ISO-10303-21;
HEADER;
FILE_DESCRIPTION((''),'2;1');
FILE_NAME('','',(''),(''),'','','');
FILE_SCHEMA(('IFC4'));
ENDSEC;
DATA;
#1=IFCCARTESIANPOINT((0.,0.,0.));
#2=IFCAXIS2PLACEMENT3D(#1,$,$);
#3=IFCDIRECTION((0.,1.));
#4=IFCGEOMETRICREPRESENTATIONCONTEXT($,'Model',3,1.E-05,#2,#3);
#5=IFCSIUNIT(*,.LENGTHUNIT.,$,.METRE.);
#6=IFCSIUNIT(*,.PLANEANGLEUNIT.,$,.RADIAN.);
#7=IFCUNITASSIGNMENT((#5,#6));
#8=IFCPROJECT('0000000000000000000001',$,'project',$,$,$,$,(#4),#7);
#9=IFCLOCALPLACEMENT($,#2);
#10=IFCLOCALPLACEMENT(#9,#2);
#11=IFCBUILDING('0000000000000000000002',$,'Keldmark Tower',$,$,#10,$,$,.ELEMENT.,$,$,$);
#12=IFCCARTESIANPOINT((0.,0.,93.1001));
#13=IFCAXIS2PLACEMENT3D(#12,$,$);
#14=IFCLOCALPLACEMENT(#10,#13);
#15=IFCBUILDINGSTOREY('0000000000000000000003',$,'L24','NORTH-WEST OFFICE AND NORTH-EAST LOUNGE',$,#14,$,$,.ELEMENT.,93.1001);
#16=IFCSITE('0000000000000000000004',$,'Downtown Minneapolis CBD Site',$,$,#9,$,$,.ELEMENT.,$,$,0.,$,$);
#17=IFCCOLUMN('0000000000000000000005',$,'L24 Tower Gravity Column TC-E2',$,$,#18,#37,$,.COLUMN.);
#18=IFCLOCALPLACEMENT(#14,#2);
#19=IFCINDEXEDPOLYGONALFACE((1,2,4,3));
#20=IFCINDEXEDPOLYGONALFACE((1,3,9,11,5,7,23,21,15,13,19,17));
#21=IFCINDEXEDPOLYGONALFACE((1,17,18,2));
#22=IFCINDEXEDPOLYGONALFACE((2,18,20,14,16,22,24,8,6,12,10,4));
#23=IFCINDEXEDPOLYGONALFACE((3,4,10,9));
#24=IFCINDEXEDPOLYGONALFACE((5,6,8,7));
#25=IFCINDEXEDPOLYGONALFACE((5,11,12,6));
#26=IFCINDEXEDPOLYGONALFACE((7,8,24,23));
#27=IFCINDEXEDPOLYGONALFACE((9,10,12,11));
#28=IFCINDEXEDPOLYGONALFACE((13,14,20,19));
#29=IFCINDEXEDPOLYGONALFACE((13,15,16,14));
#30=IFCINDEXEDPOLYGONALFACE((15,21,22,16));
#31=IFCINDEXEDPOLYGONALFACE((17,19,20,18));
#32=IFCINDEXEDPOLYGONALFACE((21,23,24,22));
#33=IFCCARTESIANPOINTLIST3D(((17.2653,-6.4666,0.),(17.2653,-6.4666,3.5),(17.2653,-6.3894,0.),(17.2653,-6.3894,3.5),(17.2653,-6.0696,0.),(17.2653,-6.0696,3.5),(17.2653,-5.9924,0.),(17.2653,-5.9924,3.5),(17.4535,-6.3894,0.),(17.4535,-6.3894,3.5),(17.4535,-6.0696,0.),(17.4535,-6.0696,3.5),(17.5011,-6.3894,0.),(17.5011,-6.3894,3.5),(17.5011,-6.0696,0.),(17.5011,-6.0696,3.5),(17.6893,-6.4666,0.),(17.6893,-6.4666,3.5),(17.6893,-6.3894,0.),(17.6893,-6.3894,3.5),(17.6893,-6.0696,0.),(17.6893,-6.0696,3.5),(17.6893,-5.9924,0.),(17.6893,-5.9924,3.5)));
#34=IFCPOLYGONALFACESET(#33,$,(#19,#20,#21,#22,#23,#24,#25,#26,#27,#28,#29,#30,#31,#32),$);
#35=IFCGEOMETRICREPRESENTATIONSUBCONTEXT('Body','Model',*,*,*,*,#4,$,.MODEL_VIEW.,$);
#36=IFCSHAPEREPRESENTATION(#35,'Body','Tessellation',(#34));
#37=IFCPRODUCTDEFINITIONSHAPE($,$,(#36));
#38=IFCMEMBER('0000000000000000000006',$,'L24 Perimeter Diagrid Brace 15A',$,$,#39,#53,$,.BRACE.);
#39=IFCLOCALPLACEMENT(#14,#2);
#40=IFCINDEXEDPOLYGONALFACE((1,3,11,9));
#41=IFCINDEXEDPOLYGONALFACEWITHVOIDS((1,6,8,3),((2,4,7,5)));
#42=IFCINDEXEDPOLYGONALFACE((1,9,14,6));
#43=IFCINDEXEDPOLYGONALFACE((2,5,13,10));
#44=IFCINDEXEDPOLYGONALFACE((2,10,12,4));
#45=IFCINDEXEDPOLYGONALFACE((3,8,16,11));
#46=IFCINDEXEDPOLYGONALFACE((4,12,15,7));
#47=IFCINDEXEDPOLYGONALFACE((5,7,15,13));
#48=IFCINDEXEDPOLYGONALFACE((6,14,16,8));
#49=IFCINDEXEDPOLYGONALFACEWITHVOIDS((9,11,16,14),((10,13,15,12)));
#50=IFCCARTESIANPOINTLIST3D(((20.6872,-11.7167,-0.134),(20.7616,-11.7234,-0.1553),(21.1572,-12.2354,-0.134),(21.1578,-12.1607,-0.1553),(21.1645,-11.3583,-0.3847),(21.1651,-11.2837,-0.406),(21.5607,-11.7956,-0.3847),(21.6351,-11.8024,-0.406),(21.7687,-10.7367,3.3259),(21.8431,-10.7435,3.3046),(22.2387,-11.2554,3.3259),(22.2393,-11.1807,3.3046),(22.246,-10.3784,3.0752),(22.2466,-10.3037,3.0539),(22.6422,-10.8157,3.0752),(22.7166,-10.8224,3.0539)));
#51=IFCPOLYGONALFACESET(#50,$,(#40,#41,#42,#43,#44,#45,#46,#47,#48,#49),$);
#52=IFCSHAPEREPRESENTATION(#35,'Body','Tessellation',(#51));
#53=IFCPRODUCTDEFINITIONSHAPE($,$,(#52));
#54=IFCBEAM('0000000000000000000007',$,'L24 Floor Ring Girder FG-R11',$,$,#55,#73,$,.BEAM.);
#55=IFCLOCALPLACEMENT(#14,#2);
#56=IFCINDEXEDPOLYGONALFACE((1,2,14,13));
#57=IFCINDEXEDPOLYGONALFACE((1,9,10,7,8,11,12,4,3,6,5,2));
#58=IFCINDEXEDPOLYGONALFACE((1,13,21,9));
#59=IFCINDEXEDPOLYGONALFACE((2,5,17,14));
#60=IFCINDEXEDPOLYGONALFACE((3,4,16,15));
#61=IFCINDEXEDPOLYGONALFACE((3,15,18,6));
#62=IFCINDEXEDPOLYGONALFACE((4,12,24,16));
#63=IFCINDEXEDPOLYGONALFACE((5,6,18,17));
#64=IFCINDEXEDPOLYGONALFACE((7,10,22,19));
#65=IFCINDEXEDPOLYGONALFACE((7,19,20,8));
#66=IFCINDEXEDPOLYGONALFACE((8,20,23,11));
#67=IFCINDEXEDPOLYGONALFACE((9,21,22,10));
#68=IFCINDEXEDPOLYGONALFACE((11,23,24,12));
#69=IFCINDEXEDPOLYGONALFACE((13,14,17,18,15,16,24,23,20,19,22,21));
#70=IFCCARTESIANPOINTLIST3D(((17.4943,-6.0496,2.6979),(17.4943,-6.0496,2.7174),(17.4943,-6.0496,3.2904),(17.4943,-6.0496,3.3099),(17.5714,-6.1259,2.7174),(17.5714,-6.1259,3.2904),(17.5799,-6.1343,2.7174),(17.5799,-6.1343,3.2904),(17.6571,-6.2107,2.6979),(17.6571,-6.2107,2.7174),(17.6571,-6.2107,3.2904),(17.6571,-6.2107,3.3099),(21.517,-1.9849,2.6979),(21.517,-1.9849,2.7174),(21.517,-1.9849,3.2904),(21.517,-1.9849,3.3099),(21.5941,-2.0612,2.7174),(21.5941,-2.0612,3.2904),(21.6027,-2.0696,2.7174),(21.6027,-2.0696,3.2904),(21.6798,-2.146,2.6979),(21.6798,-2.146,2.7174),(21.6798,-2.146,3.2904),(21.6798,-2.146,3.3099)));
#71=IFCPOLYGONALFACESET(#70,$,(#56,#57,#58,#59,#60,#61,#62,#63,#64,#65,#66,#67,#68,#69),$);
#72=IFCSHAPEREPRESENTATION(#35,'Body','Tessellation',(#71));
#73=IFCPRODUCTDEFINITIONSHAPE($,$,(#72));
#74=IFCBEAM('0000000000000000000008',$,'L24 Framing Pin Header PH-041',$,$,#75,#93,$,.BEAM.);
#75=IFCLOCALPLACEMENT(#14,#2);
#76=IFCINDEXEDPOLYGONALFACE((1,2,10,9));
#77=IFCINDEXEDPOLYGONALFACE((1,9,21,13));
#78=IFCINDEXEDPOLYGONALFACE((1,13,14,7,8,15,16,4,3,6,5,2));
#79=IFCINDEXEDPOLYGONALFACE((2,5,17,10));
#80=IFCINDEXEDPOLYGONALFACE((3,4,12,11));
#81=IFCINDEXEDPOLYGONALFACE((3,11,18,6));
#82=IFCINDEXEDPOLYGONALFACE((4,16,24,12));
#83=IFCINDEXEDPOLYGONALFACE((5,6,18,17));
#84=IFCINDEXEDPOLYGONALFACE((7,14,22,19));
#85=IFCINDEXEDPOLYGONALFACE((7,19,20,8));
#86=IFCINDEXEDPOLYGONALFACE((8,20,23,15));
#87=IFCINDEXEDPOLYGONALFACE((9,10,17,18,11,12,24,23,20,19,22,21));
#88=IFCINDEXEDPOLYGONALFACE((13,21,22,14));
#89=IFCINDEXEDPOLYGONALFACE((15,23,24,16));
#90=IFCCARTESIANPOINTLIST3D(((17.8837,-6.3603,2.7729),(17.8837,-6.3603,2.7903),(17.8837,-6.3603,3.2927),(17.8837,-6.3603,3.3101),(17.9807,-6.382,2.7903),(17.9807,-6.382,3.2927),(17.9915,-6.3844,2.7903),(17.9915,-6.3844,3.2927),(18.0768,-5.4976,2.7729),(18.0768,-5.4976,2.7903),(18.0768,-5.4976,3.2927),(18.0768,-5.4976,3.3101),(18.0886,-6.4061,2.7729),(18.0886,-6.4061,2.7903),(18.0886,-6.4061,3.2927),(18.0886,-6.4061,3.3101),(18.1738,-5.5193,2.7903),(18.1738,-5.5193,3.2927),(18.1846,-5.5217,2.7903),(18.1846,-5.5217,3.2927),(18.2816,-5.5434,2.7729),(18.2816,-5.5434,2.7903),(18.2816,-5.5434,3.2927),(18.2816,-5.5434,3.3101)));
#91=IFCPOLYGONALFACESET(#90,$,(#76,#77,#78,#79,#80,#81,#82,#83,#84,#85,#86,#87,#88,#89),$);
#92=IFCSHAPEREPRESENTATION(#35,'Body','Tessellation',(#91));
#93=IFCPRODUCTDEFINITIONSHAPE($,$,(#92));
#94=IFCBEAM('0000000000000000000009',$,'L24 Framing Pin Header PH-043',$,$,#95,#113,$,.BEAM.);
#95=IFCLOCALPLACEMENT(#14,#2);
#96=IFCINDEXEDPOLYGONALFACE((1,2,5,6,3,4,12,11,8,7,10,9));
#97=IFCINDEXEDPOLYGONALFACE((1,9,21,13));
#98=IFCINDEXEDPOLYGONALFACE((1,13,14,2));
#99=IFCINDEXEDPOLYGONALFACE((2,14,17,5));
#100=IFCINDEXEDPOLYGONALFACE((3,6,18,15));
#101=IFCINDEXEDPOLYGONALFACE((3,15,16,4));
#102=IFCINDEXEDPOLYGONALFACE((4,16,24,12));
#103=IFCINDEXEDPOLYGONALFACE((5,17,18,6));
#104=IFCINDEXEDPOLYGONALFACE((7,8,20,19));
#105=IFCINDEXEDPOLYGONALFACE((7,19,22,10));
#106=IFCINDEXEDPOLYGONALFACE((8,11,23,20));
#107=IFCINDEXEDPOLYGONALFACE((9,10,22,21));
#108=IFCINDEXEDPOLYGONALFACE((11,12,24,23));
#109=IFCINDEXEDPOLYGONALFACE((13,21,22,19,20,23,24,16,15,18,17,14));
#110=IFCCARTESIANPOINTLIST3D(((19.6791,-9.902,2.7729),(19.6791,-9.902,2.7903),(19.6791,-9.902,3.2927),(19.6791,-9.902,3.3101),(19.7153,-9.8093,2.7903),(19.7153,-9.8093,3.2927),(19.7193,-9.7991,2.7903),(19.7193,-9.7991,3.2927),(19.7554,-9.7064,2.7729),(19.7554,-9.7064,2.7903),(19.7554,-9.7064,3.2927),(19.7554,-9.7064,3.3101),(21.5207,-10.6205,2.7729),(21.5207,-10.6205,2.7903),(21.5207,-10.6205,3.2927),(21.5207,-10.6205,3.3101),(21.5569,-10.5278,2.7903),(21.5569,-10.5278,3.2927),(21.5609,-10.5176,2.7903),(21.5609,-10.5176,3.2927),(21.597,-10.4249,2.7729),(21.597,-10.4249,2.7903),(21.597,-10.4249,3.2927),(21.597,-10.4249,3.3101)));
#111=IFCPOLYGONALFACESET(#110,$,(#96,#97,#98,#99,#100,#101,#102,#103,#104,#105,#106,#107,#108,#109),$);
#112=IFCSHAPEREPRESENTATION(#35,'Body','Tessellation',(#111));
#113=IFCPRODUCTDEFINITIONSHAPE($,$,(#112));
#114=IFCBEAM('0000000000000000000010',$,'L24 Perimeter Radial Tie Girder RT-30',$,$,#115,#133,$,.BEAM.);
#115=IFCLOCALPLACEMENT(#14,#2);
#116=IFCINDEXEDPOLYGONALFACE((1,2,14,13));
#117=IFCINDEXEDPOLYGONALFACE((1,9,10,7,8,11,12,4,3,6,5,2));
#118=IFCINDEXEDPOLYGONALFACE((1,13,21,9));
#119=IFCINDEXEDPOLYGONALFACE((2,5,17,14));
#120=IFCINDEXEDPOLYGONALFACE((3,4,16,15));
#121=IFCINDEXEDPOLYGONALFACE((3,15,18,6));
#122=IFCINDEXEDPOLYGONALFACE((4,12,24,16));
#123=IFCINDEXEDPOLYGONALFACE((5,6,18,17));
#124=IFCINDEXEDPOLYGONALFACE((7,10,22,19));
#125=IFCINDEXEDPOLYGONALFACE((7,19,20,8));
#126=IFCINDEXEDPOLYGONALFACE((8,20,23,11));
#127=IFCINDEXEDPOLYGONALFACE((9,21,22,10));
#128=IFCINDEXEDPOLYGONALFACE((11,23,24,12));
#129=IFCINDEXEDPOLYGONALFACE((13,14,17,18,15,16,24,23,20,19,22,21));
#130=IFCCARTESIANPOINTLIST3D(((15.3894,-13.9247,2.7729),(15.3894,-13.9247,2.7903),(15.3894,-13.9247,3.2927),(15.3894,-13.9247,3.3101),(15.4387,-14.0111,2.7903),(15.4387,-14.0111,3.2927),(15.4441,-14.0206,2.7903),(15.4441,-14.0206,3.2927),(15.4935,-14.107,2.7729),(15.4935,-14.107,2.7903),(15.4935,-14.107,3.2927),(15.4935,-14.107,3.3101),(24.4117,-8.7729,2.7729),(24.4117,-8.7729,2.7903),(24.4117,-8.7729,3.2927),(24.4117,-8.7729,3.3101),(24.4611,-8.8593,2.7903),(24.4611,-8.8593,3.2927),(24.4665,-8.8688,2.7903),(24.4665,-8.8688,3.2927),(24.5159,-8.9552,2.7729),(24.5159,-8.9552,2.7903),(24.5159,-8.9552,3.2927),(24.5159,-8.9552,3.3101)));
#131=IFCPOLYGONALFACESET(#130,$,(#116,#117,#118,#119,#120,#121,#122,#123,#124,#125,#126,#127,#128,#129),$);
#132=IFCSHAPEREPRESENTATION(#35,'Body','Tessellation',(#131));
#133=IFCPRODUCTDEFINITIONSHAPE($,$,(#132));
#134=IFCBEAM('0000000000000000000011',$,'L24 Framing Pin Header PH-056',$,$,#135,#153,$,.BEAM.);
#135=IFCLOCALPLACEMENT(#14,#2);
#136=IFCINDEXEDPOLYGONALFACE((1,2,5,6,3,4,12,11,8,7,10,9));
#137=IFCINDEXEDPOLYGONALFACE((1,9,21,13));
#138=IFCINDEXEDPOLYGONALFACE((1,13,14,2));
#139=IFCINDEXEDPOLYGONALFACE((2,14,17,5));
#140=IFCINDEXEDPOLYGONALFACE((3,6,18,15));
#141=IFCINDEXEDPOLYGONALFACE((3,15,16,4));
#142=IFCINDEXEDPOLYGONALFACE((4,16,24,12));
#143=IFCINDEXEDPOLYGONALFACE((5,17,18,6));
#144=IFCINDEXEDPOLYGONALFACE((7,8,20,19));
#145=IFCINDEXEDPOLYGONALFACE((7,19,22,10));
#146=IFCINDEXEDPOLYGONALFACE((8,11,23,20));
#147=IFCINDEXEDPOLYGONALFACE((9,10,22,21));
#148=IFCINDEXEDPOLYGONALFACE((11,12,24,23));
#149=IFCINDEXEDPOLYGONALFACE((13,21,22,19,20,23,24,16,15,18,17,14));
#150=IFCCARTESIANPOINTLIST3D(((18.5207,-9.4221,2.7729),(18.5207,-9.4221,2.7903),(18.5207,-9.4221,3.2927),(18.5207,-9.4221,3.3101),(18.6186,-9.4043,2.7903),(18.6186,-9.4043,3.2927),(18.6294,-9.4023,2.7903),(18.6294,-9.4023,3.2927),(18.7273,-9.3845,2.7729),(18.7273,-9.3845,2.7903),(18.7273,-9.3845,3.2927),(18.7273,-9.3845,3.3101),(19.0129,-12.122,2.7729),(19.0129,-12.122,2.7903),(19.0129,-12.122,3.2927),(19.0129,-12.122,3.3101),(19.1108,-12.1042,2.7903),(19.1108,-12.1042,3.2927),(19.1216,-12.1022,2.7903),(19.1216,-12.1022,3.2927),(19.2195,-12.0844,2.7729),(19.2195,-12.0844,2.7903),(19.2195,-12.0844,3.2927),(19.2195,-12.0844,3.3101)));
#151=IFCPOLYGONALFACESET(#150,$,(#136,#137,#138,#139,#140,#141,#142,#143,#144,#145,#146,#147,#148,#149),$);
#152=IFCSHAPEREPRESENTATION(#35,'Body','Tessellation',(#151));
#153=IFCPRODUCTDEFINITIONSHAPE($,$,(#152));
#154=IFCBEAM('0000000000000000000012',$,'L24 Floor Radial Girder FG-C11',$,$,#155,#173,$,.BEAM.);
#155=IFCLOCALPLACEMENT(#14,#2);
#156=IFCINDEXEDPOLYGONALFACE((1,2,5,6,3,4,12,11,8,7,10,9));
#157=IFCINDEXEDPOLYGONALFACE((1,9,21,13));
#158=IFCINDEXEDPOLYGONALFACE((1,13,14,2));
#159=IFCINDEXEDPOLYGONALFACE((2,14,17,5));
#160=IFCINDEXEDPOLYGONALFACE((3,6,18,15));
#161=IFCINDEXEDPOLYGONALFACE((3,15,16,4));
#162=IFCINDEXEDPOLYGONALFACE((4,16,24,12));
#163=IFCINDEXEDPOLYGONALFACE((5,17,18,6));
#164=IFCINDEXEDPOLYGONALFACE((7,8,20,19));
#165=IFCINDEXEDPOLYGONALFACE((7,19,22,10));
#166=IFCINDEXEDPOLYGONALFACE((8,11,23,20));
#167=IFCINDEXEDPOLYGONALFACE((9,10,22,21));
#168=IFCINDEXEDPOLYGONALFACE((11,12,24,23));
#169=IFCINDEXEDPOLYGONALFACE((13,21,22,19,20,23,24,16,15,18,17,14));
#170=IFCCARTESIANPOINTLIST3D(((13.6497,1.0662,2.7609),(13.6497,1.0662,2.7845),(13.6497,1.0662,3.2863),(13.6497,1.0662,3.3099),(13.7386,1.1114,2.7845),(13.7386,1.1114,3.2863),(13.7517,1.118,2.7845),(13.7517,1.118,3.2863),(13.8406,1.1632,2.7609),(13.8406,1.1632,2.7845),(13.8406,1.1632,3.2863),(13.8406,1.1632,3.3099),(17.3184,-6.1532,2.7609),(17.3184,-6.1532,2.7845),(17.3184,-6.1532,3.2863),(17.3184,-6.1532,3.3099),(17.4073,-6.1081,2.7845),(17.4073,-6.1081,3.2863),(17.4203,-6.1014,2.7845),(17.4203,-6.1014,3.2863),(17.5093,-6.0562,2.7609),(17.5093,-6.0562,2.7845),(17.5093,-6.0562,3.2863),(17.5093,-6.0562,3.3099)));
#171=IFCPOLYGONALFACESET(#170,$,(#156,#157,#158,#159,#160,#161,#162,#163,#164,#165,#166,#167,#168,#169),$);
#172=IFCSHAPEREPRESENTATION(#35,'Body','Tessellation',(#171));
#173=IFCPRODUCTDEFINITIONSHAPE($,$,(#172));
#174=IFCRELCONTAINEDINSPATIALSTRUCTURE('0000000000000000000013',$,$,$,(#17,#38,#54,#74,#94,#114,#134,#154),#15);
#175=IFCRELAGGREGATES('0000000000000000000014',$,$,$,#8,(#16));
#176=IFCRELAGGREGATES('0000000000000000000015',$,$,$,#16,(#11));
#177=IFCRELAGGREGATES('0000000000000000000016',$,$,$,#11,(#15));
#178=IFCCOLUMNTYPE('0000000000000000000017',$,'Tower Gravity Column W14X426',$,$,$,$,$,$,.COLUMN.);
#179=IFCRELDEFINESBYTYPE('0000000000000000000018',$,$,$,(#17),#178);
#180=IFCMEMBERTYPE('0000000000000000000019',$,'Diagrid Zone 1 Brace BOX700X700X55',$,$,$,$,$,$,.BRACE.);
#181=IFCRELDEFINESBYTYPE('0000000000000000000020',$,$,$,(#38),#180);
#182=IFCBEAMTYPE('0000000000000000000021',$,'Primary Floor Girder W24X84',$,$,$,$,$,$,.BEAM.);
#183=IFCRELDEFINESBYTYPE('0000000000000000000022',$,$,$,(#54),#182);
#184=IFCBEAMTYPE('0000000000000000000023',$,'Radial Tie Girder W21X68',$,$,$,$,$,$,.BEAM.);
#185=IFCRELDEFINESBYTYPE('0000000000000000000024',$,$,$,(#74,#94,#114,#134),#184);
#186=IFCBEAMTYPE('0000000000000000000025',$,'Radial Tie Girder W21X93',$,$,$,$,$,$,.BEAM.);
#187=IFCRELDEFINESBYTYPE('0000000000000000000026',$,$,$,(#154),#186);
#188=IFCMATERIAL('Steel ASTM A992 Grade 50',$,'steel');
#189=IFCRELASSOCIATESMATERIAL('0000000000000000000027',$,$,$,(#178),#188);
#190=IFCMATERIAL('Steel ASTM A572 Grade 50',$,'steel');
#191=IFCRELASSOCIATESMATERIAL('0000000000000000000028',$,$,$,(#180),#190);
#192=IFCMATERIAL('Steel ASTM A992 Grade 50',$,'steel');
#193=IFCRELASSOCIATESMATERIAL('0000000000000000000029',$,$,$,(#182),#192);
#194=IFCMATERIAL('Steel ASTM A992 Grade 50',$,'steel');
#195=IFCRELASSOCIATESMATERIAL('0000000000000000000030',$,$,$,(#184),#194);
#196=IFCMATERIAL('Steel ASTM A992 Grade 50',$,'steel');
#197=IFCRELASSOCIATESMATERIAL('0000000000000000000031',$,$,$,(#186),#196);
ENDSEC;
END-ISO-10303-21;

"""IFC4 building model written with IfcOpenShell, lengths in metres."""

from ifc_helpers import new_model, si_unit, direction, frame, origin, origin_2d, place, context, subcontext, project, spatial, hollow_rectangle, i_section, extrude, material, material_profile, profile_set, type_object, element, save


model = new_model("IFC4")

# Units and contexts
model_context = context("Model", 3, precision=1e-05, world=origin(), true_north=direction((0.0, 1.0)))
body_context = subcontext(model_context, "Body", "Model", "MODEL_VIEW")
ifc_project = project(units=[si_unit("LENGTHUNIT", "METRE"), si_unit("PLANEANGLEUNIT", "RADIAN")], contexts=[model_context])

# Site, building, storey
site_placement = place(None, origin())
site = spatial("IfcSite", under=ifc_project, at=site_placement, Name="Downtown Minneapolis CBD Site", CompositionType="ELEMENT", RefElevation=0.0)
building_placement = place(site_placement, origin())
building = spatial("IfcBuilding", under=site, at=building_placement, Name="Keldmark Tower", CompositionType="ELEMENT")
storey_placement = place(building_placement, frame((0.0, 0.0, 93.1001)))
storey = spatial("IfcBuildingStorey", under=building, at=storey_placement, Name="L24", Description="NORTH-WEST OFFICE AND NORTH-EAST LOUNGE", CompositionType="ELEMENT", Elevation=93.1001)

# Column
ifc_material_1 = material(Name="Steel ASTM A992 Grade 50", Category="steel")
ifc_material_profile_1 = material_profile(ifc_material_1, i_section(OverallWidth=0.4241, OverallDepth=0.4741, WebThickness=0.0476, FlangeThickness=0.0771, at=origin_2d()), Name="W14X426")
ifc_profile_set_1 = profile_set([ifc_material_profile_1], Name="Steel ASTM A992 Grade 50")
column_type = type_object("IfcColumnType", Name="Tower Gravity Column W14X426", PredefinedType="COLUMN", material=ifc_profile_set_1)
column_placement = place(storey_placement, frame((17.4773, -6.2295, 0.0), z_axis=(0.0, 0.0, 1.0), x_axis=(1.0, 0.0, 0.0)))
element("IfcColumn", 1, at=column_placement, inside=storey, type_object=column_type, Name="L24 Tower Gravity Column TC-E2", PredefinedType="COLUMN", context=body_context, shape_type="SweptSolid", body=[
    extrude(i_section(OverallWidth=0.4241, OverallDepth=0.4741, WebThickness=0.0476, FlangeThickness=0.0771, at=origin_2d()), origin(), (0.0, 0.0, 1.0), 3.5),
])

# Member
ifc_material_2 = material(Name="Steel ASTM A572 Grade 50", Category="steel")
ifc_material_profile_2 = material_profile(ifc_material_2, hollow_rectangle(XDim=0.7, YDim=0.7, WallThickness=0.0549, at=origin_2d()), Name="BOX700X700X55")
ifc_profile_set_2 = profile_set([ifc_material_profile_2], Name="Steel ASTM A572 Grade 50")
member_type = type_object("IfcMemberType", Name="Diagrid Zone 1 Brace BOX700X700X55", PredefinedType="BRACE", material=ifc_profile_set_2)
member_placement = place(storey_placement, frame((21.1611, -11.7595, -0.27), z_axis=(0.288013, 0.260967, 0.921382), x_axis=(-0.671456, 0.741044, 0.0)))
element("IfcMember", 2, at=member_placement, inside=storey, type_object=member_type, Name="L24 Perimeter Diagrid Brace 15A", PredefinedType="BRACE", context=body_context, shape_type="SweptSolid", body=[
    extrude(hollow_rectangle(XDim=0.7, YDim=0.7, WallThickness=0.0549, at=origin_2d()), origin(), (0.0, 0.0, 1.0), 3.7551),
])

# Beams
ifc_material_3 = material(Name="Steel ASTM A992 Grade 50", Category="steel")
ifc_material_profile_3 = material_profile(ifc_material_3, i_section(OverallWidth=0.229, OverallDepth=0.6121, WebThickness=0.012, FlangeThickness=0.0195, at=origin_2d()), Name="W24X84")
ifc_profile_set_3 = profile_set([ifc_material_profile_3], Name="Steel ASTM A992 Grade 50")
beam_type_1 = type_object("IfcBeamType", Name="Primary Floor Girder W24X84", PredefinedType="BEAM", material=ifc_profile_set_3)
beam_1_placement = place(storey_placement, frame((17.5757, -6.1301, 3.0039), z_axis=(0.703426, 0.710769, 0.0), x_axis=(-0.710769, 0.703426, 0.0)))
element("IfcBeam", 3, at=beam_1_placement, inside=storey, type_object=beam_type_1, Name="L24 Floor Ring Girder FG-R11", PredefinedType="BEAM", context=body_context, shape_type="SweptSolid", body=[
    extrude(i_section(OverallWidth=0.229, OverallDepth=0.6121, WebThickness=0.012, FlangeThickness=0.0195, at=origin_2d()), origin(), (0.0, 0.0, 1.0), 5.7188),
])
ifc_material_4 = material(Name="Steel ASTM A992 Grade 50", Category="steel")
ifc_material_profile_4 = material_profile(ifc_material_4, i_section(OverallWidth=0.21, OverallDepth=0.5371, WebThickness=0.011, FlangeThickness=0.0173, at=origin_2d()), Name="W21X68")
ifc_profile_set_4 = profile_set([ifc_material_profile_4], Name="Steel ASTM A992 Grade 50")
beam_type_2 = type_object("IfcBeamType", Name="Radial Tie Girder W21X68", PredefinedType="BEAM", material=ifc_profile_set_4)
beam_2_placement = place(storey_placement, frame((18.1792, -5.5205, 3.0415), z_axis=(-0.218421, -0.975855, 0.0), x_axis=(0.975855, -0.218421, 0.0)))
element("IfcBeam", 4, at=beam_2_placement, inside=storey, type_object=beam_type_2, Name="L24 Framing Pin Header PH-041", PredefinedType="BEAM", context=body_context, shape_type="SweptSolid", body=[
    extrude(i_section(OverallWidth=0.21, OverallDepth=0.5371, WebThickness=0.011, FlangeThickness=0.0173, at=origin_2d()), origin(), (0.0, 0.0, 1.0), 0.884),
])
beam_3_placement = place(storey_placement, frame((19.7173, -9.8042, 3.0415), z_axis=(0.931603, -0.363477, 0.0), x_axis=(0.363477, 0.931603, 0.0)))
element("IfcBeam", 5, at=beam_3_placement, inside=storey, type_object=beam_type_2, Name="L24 Framing Pin Header PH-043", PredefinedType="BEAM", context=body_context, shape_type="SweptSolid", body=[
    extrude(i_section(OverallWidth=0.21, OverallDepth=0.5371, WebThickness=0.011, FlangeThickness=0.0173, at=origin_2d()), origin(), (0.0, 0.0, 1.0), 1.9768),
])
beam_4_placement = place(storey_placement, frame((15.4414, -14.0159, 3.0415), z_axis=(0.868402, 0.495861, 0.0), x_axis=(-0.495861, 0.868402, 0.0)))
element("IfcBeam", 6, at=beam_4_placement, inside=storey, type_object=beam_type_2, Name="L24 Perimeter Radial Tie Girder RT-30", PredefinedType="BEAM", context=body_context, shape_type="SweptSolid", body=[
    extrude(i_section(OverallWidth=0.21, OverallDepth=0.5371, WebThickness=0.011, FlangeThickness=0.0173, at=origin_2d()), origin(), (0.0, 0.0, 1.0), 10.3896),
])
beam_5_placement = place(storey_placement, frame((18.624, -9.4033, 3.0415), z_axis=(0.179339, -0.983787, 0.0), x_axis=(0.983787, 0.179339, 0.0)))
element("IfcBeam", 7, at=beam_5_placement, inside=storey, type_object=beam_type_2, Name="L24 Framing Pin Header PH-056", PredefinedType="BEAM", context=body_context, shape_type="SweptSolid", body=[
    extrude(i_section(OverallWidth=0.21, OverallDepth=0.5371, WebThickness=0.011, FlangeThickness=0.0173, at=origin_2d()), origin(), (0.0, 0.0, 1.0), 2.7444),
])
ifc_material_5 = material(Name="Steel ASTM A992 Grade 50", Category="steel")
ifc_material_profile_5 = material_profile(ifc_material_5, i_section(OverallWidth=0.2141, OverallDepth=0.5491, WebThickness=0.0146, FlangeThickness=0.0237, at=origin_2d()), Name="W21X93")
ifc_profile_set_5 = profile_set([ifc_material_profile_5], Name="Steel ASTM A992 Grade 50")
beam_type_3 = type_object("IfcBeamType", Name="Radial Tie Girder W21X93", PredefinedType="BEAM", material=ifc_profile_set_5)
beam_6_placement = place(storey_placement, frame((17.4138, -6.1047, 3.0354), z_axis=(-0.453029, 0.891496, 0.0), x_axis=(-0.891496, -0.453029, 0.0)))
element("IfcBeam", 8, at=beam_6_placement, inside=storey, type_object=beam_type_3, Name="L24 Floor Radial Girder FG-C11", PredefinedType="BEAM", context=body_context, shape_type="SweptSolid", body=[
    extrude(i_section(OverallWidth=0.2141, OverallDepth=0.5491, WebThickness=0.0146, FlangeThickness=0.0237, at=origin_2d()), origin(), (0.0, 0.0, 1.0), 8.0981),
])

save(model, "model.ifc")
